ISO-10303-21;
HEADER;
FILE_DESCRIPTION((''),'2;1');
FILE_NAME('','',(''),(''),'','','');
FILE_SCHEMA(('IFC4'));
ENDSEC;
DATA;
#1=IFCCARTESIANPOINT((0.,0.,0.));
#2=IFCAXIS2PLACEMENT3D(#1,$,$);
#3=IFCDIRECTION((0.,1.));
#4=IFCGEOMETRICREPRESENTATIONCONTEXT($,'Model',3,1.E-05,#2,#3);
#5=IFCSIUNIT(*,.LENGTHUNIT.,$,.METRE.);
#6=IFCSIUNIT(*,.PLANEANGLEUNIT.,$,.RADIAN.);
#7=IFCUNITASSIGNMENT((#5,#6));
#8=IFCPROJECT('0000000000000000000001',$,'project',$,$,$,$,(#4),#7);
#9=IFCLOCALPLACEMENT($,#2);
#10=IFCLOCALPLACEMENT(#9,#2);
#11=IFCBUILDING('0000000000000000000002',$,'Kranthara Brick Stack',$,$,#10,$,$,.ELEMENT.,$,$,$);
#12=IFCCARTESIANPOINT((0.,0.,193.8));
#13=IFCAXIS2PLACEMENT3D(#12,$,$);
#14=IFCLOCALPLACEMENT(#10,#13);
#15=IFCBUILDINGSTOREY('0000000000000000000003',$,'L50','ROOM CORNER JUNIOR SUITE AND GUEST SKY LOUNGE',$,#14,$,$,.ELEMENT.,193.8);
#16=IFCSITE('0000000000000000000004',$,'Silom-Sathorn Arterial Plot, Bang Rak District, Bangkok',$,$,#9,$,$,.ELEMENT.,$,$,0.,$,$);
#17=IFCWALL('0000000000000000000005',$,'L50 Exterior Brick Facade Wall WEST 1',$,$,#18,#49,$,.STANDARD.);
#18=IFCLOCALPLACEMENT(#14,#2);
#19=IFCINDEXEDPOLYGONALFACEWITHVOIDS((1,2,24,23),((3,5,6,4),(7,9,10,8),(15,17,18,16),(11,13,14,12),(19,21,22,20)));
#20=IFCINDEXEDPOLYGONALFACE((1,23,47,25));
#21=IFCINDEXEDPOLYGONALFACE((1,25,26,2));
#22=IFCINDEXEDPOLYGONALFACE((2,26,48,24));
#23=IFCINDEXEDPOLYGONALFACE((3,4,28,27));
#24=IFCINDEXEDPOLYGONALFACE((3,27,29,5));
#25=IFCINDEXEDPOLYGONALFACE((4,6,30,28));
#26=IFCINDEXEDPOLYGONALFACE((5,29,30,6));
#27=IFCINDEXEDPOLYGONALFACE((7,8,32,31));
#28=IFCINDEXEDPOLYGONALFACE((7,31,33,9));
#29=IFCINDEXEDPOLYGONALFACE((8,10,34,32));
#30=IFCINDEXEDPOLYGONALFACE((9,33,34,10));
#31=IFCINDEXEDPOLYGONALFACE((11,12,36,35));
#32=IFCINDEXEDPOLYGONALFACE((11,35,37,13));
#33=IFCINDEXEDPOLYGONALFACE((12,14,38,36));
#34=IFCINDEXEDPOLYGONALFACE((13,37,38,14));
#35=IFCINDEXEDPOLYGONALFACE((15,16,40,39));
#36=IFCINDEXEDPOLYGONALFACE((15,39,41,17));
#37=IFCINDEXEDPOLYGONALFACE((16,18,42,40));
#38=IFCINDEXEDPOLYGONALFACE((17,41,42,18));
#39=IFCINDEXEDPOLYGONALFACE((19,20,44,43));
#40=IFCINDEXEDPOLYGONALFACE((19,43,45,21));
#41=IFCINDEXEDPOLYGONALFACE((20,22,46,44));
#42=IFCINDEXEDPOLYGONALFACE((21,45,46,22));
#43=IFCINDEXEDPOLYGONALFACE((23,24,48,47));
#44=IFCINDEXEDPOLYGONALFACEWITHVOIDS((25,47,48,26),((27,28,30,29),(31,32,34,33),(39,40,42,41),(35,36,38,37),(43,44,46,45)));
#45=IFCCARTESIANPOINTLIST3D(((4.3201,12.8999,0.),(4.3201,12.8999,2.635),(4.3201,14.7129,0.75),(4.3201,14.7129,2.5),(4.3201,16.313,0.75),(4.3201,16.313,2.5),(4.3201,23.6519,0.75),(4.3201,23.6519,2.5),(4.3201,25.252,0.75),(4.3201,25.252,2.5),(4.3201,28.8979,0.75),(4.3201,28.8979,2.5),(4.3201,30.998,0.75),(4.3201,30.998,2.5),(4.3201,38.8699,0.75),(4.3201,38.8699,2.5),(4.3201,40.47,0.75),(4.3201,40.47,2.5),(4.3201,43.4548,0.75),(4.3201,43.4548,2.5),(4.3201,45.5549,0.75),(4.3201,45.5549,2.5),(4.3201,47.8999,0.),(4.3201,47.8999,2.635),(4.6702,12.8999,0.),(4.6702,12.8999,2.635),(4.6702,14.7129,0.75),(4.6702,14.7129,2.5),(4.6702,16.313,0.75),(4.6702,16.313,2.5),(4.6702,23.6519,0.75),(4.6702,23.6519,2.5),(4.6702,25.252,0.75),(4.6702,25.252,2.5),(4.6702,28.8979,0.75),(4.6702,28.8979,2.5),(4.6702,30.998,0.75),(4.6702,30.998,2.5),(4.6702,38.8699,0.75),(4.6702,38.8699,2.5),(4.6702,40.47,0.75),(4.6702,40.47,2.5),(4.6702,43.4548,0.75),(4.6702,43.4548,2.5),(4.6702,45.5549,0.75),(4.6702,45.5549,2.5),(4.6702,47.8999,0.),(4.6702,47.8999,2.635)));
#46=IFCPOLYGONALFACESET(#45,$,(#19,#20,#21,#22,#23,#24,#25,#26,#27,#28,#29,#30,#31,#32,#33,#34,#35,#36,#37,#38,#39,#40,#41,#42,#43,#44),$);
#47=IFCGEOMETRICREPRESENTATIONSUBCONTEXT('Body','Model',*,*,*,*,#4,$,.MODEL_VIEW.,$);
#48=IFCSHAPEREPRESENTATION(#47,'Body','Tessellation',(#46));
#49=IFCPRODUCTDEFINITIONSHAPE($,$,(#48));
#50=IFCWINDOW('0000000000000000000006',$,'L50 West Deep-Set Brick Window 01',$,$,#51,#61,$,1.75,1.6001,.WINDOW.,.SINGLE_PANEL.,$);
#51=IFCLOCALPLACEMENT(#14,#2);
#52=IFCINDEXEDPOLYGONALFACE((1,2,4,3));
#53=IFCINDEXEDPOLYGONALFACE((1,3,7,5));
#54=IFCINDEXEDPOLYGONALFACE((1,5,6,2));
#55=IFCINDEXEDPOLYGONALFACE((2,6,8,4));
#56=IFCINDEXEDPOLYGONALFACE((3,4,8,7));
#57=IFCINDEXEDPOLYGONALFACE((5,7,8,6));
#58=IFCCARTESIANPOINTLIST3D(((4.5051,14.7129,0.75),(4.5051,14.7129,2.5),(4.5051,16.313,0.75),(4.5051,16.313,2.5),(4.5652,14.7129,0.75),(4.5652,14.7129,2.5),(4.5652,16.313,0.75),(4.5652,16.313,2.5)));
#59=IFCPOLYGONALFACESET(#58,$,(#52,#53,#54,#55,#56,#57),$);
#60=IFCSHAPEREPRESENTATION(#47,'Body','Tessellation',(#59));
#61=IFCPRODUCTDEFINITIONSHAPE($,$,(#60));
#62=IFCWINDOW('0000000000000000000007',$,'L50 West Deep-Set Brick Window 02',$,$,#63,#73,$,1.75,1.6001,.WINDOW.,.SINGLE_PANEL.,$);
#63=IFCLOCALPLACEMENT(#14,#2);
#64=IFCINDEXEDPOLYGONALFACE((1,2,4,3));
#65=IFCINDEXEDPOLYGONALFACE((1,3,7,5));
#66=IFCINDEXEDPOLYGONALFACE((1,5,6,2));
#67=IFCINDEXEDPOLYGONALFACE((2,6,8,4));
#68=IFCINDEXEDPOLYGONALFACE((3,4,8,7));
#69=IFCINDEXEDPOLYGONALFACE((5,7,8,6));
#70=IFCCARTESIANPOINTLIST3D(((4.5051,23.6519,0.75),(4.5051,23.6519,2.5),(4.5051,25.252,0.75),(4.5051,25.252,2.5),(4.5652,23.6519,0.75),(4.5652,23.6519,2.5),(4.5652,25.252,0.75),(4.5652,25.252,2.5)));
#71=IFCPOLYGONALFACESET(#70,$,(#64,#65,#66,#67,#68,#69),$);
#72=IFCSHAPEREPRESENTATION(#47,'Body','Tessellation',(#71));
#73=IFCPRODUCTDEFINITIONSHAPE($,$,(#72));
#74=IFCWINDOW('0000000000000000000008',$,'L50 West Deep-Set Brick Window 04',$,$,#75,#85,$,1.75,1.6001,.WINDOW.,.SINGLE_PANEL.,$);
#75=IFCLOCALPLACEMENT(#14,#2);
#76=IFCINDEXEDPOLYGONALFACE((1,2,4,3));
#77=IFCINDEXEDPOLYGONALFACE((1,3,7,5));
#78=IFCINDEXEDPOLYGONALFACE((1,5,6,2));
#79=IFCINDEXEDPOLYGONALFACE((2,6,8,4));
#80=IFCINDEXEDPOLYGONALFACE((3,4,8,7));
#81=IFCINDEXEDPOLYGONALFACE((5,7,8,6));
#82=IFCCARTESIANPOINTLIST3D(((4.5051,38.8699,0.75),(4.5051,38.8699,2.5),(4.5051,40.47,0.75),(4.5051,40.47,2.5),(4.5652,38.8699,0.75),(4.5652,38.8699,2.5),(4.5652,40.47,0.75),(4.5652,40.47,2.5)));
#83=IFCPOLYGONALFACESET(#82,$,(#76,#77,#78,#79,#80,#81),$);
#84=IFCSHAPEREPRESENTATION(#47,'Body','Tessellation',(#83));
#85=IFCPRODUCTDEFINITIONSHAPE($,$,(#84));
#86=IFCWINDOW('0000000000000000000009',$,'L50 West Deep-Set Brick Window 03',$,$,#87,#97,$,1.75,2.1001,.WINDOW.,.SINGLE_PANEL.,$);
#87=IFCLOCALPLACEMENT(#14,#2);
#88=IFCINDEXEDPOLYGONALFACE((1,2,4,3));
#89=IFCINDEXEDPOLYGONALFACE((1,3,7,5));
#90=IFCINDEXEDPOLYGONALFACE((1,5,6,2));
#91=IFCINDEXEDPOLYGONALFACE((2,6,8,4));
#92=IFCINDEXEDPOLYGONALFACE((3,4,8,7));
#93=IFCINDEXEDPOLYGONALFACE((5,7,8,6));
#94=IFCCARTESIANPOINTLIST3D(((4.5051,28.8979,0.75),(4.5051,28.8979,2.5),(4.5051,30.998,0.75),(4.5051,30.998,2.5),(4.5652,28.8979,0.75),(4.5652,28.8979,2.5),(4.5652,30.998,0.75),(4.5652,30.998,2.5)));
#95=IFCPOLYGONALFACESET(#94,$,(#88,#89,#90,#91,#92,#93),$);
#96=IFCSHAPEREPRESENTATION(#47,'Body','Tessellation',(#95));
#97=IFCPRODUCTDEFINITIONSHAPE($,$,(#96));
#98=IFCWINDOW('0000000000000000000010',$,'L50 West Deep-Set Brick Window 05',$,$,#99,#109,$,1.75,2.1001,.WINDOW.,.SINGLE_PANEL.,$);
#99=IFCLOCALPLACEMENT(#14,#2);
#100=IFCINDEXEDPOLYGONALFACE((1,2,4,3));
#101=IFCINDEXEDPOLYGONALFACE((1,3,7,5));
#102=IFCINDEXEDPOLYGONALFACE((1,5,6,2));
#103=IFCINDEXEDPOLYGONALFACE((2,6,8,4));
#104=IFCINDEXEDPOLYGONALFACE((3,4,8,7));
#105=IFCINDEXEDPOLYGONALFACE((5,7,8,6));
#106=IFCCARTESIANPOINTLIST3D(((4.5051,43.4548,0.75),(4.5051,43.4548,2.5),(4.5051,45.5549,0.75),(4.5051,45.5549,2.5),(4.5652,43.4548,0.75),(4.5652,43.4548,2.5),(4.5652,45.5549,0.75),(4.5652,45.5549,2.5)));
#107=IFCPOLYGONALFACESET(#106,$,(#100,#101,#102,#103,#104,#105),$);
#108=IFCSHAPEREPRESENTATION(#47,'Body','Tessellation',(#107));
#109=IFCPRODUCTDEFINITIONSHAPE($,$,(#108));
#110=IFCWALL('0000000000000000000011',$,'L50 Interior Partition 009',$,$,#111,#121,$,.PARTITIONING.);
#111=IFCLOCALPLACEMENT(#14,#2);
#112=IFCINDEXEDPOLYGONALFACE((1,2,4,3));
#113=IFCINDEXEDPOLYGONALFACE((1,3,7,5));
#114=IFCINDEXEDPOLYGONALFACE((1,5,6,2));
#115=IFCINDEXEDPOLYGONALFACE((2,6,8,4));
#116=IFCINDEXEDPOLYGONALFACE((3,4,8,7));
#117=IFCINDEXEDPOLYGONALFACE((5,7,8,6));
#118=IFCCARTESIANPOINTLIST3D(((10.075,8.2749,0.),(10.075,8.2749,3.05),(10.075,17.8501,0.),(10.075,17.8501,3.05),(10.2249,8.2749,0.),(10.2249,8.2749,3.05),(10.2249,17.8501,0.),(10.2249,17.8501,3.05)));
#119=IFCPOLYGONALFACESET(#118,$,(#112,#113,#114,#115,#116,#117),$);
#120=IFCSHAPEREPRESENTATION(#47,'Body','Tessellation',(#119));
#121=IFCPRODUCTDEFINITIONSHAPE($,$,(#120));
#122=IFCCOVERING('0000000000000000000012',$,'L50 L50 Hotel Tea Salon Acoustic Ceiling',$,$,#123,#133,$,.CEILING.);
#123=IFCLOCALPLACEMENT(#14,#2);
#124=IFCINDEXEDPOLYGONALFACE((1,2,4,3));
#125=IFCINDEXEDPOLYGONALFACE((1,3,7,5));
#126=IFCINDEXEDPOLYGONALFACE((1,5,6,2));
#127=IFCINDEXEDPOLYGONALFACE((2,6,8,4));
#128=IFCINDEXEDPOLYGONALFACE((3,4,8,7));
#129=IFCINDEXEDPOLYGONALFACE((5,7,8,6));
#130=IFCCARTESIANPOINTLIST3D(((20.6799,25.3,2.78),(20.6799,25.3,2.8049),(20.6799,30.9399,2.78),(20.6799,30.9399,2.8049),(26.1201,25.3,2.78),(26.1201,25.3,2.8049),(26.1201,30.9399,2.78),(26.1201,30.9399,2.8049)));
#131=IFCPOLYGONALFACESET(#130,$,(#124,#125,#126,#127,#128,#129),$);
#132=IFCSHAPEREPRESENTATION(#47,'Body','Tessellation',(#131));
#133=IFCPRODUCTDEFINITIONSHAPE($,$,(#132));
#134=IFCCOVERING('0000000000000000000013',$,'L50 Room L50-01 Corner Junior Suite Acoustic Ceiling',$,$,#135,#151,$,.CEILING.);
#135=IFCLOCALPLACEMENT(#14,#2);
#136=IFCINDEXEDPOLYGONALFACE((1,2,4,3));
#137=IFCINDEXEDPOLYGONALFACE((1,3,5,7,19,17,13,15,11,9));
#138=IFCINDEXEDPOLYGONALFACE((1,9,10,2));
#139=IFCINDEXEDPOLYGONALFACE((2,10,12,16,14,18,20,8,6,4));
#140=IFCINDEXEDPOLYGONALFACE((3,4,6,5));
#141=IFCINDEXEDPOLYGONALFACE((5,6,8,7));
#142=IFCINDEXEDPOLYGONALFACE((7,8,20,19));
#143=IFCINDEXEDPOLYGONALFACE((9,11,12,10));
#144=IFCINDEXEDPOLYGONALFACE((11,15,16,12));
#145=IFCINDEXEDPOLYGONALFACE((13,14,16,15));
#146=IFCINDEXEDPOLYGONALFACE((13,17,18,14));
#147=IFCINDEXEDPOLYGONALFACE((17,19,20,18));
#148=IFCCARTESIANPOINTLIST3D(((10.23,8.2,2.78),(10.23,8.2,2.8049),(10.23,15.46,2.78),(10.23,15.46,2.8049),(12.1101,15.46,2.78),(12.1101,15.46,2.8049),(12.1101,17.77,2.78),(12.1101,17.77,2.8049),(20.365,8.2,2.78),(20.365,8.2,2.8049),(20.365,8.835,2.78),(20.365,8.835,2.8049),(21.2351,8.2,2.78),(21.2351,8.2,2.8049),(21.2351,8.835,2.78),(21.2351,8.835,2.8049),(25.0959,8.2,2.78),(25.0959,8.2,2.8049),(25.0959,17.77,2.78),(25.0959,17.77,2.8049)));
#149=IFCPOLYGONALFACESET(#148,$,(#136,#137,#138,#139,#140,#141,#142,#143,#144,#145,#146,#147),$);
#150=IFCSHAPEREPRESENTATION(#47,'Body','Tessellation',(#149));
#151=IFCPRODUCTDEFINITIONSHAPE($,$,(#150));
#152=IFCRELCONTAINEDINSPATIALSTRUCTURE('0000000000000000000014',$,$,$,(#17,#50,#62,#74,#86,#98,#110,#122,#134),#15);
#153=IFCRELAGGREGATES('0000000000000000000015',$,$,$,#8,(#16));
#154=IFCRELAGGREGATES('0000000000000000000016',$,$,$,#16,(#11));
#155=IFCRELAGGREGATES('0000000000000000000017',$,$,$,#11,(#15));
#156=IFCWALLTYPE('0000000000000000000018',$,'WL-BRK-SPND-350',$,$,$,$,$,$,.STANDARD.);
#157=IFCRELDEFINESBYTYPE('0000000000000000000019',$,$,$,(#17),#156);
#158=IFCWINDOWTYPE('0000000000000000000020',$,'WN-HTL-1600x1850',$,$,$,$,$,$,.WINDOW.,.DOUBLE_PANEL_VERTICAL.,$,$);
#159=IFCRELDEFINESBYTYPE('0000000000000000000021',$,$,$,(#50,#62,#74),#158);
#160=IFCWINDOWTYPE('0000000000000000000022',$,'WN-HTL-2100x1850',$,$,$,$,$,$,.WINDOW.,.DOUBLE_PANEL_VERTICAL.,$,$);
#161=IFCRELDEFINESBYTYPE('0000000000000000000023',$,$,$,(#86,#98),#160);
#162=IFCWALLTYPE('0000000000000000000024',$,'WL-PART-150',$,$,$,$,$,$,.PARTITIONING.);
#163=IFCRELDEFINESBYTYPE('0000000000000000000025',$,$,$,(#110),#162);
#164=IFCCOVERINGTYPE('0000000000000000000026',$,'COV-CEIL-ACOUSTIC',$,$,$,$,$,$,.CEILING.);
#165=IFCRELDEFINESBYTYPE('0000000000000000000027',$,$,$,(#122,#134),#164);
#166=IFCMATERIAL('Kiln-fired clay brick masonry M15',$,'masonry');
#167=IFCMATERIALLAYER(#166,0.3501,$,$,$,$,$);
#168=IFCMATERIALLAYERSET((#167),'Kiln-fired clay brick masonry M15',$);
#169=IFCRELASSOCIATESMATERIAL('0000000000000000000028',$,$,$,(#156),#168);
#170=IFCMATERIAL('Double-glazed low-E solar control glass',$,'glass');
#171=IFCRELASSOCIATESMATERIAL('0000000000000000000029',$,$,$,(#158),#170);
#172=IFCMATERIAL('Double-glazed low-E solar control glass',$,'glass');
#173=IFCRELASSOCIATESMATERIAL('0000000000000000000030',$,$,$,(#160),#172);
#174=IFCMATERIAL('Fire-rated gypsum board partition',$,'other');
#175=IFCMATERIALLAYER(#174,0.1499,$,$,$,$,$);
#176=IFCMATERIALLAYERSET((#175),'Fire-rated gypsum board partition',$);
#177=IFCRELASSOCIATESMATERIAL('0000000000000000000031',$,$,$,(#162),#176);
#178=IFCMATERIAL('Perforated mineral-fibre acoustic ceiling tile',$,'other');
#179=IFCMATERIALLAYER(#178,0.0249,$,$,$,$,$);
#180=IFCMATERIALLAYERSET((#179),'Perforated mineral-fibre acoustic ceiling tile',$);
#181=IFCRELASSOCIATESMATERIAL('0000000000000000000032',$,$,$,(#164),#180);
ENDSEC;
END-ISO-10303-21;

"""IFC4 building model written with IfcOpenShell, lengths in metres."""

from ifc_helpers import new_model, si_unit, direction, frame, frame_2d, origin, place, context, subcontext, project, spatial, polyline, rectangle, outline, extrude, material, layer, layer_set, type_object, element, fill, save


model = new_model("IFC4")

# Units and contexts
model_context = context("Model", 3, precision=1e-05, world=origin(), true_north=direction((0.0, 1.0)))
body_context = subcontext(model_context, "Body", "Model", "MODEL_VIEW")
ifc_project = project(units=[si_unit("LENGTHUNIT", "METRE"), si_unit("PLANEANGLEUNIT", "RADIAN")], contexts=[model_context])

# Site, building, storey
site_placement = place(None, origin())
site = spatial("IfcSite", under=ifc_project, at=site_placement, Name="Silom-Sathorn Arterial Plot, Bang Rak District, Bangkok", CompositionType="ELEMENT", RefElevation=0.0)
building_placement = place(site_placement, origin())
building = spatial("IfcBuilding", under=site, at=building_placement, Name="Kranthara Brick Stack", CompositionType="ELEMENT")
storey_placement = place(building_placement, frame((0.0, 0.0, 193.8)))
storey = spatial("IfcBuildingStorey", under=building, at=storey_placement, Name="L50", Description="ROOM CORNER JUNIOR SUITE AND GUEST SKY LOUNGE", CompositionType="ELEMENT", Elevation=193.8)

# Shared definitions
ifc_material_1 = material(Name="Kiln-fired clay brick masonry M15", Category="masonry")
ifc_layer_1 = layer(ifc_material_1, 0.3501)
ifc_layer_set_1 = layer_set([ifc_layer_1], Name="Kiln-fired clay brick masonry M15")
wall_type_1 = type_object("IfcWallType", Name="WL-BRK-SPND-350", PredefinedType="STANDARD", material=ifc_layer_set_1)

# Wall, openings, windows
wall_1_placement = place(storey_placement, frame((4.4951, 12.8999, 0.0), z_axis=(0.0, 0.0, 1.0), x_axis=(0.0, 1.0, 0.0)))
wall_1 = element("IfcWall", 1, at=wall_1_placement, inside=storey, type_object=wall_type_1, Name="L50 Exterior Brick Facade Wall WEST 1", PredefinedType="STANDARD", context=body_context, shape_type="SweptSolid", body=[
    extrude(rectangle(XDim=35.0, YDim=0.3501, at=frame_2d((17.5, 0.0))), origin(), (0.0, 0.0, 1.0), 2.635),
])
opening_1_placement = place(wall_1_placement, frame((1.813, 0.0, 0.75)))
opening_1 = element("IfcOpeningElement", 2, at=opening_1_placement, cuts=wall_1, PredefinedType="OPENING", context=body_context, shape_type="SweptSolid", body=[
    extrude(rectangle(XDim=1.6001, YDim=1.75, at=frame_2d((0.8, 0.875))), frame((0.0, 0.1851, 0.0), z_axis=(0.0, -1.0, 0.0), x_axis=(1.0, 0.0, 0.0)), (0.0, 0.0, 1.0), 0.3701),
])
opening_2_placement = place(wall_1_placement, frame((10.752, 0.0, 0.75)))
opening_2 = element("IfcOpeningElement", 3, at=opening_2_placement, cuts=wall_1, PredefinedType="OPENING", context=body_context, shape_type="SweptSolid", body=[
    extrude(rectangle(XDim=1.6001, YDim=1.75, at=frame_2d((0.8, 0.875))), frame((0.0, 0.1851, 0.0), z_axis=(0.0, -1.0, 0.0), x_axis=(1.0, 0.0, 0.0)), (0.0, 0.0, 1.0), 0.3701),
])
opening_3_placement = place(wall_1_placement, frame((15.998, 0.0, 0.75)))
opening_3 = element("IfcOpeningElement", 4, at=opening_3_placement, cuts=wall_1, PredefinedType="OPENING", context=body_context, shape_type="SweptSolid", body=[
    extrude(rectangle(XDim=2.1001, YDim=1.75, at=frame_2d((1.05, 0.875))), frame((0.0, 0.1851, 0.0), z_axis=(0.0, -1.0, 0.0), x_axis=(1.0, 0.0, 0.0)), (0.0, 0.0, 1.0), 0.3701),
])
opening_4_placement = place(wall_1_placement, frame((25.97, 0.0, 0.75)))
opening_4 = element("IfcOpeningElement", 5, at=opening_4_placement, cuts=wall_1, PredefinedType="OPENING", context=body_context, shape_type="SweptSolid", body=[
    extrude(rectangle(XDim=1.6001, YDim=1.75, at=frame_2d((0.8, 0.875))), frame((0.0, 0.1851, 0.0), z_axis=(0.0, -1.0, 0.0), x_axis=(1.0, 0.0, 0.0)), (0.0, 0.0, 1.0), 0.3701),
])
opening_5_placement = place(wall_1_placement, frame((30.5549, 0.0, 0.75)))
opening_5 = element("IfcOpeningElement", 6, at=opening_5_placement, cuts=wall_1, PredefinedType="OPENING", context=body_context, shape_type="SweptSolid", body=[
    extrude(rectangle(XDim=2.1001, YDim=1.75, at=frame_2d((1.05, 0.875))), frame((0.0, 0.1851, 0.0), z_axis=(0.0, -1.0, 0.0), x_axis=(1.0, 0.0, 0.0)), (0.0, 0.0, 1.0), 0.3701),
])
ifc_material_2 = material(Name="Double-glazed low-E solar control glass", Category="glass")
window_type_1 = type_object("IfcWindowType", Name="WN-HTL-1600x1850", PartitioningType="DOUBLE_PANEL_VERTICAL", PredefinedType="WINDOW", material=ifc_material_2)
window_1_placement = place(opening_1_placement, origin())
window_1 = element("IfcWindow", 7, at=window_1_placement, inside=storey, type_object=window_type_1, Name="L50 West Deep-Set Brick Window 01", OverallHeight=1.75, OverallWidth=1.6001, PartitioningType="SINGLE_PANEL", PredefinedType="WINDOW", context=body_context, shape_type="SweptSolid", body=[
    extrude(rectangle(XDim=1.6001, YDim=1.75, at=frame_2d((0.8, 0.875))), frame((0.0, -0.01, 0.0), z_axis=(0.0, -1.0, 0.0), x_axis=(1.0, 0.0, 0.0)), (0.0, 0.0, 1.0), 0.0601),
])
fill(opening_1, window_1)
window_2_placement = place(opening_2_placement, origin())
window_2 = element("IfcWindow", 8, at=window_2_placement, inside=storey, type_object=window_type_1, Name="L50 West Deep-Set Brick Window 02", OverallHeight=1.75, OverallWidth=1.6001, PartitioningType="SINGLE_PANEL", PredefinedType="WINDOW", context=body_context, shape_type="SweptSolid", body=[
    extrude(rectangle(XDim=1.6001, YDim=1.75, at=frame_2d((0.8, 0.875))), frame((0.0, -0.01, 0.0), z_axis=(0.0, -1.0, 0.0), x_axis=(1.0, 0.0, 0.0)), (0.0, 0.0, 1.0), 0.0601),
])
fill(opening_2, window_2)
window_3_placement = place(opening_4_placement, origin())
window_3 = element("IfcWindow", 9, at=window_3_placement, inside=storey, type_object=window_type_1, Name="L50 West Deep-Set Brick Window 04", OverallHeight=1.75, OverallWidth=1.6001, PartitioningType="SINGLE_PANEL", PredefinedType="WINDOW", context=body_context, shape_type="SweptSolid", body=[
    extrude(rectangle(XDim=1.6001, YDim=1.75, at=frame_2d((0.8, 0.875))), frame((0.0, -0.01, 0.0), z_axis=(0.0, -1.0, 0.0), x_axis=(1.0, 0.0, 0.0)), (0.0, 0.0, 1.0), 0.0601),
])
fill(opening_4, window_3)
ifc_material_3 = material(Name="Double-glazed low-E solar control glass", Category="glass")
window_type_2 = type_object("IfcWindowType", Name="WN-HTL-2100x1850", PartitioningType="DOUBLE_PANEL_VERTICAL", PredefinedType="WINDOW", material=ifc_material_3)
window_4_placement = place(opening_3_placement, origin())
window_4 = element("IfcWindow", 10, at=window_4_placement, inside=storey, type_object=window_type_2, Name="L50 West Deep-Set Brick Window 03", OverallHeight=1.75, OverallWidth=2.1001, PartitioningType="SINGLE_PANEL", PredefinedType="WINDOW", context=body_context, shape_type="SweptSolid", body=[
    extrude(rectangle(XDim=2.1001, YDim=1.75, at=frame_2d((1.05, 0.875))), frame((0.0, -0.01, 0.0), z_axis=(0.0, -1.0, 0.0), x_axis=(1.0, 0.0, 0.0)), (0.0, 0.0, 1.0), 0.0601),
])
fill(opening_3, window_4)
window_5_placement = place(opening_5_placement, origin())
window_5 = element("IfcWindow", 11, at=window_5_placement, inside=storey, type_object=window_type_2, Name="L50 West Deep-Set Brick Window 05", OverallHeight=1.75, OverallWidth=2.1001, PartitioningType="SINGLE_PANEL", PredefinedType="WINDOW", context=body_context, shape_type="SweptSolid", body=[
    extrude(rectangle(XDim=2.1001, YDim=1.75, at=frame_2d((1.05, 0.875))), frame((0.0, -0.01, 0.0), z_axis=(0.0, -1.0, 0.0), x_axis=(1.0, 0.0, 0.0)), (0.0, 0.0, 1.0), 0.0601),
])
fill(opening_5, window_5)

# Wall
ifc_material_4 = material(Name="Fire-rated gypsum board partition", Category="other")
ifc_layer_2 = layer(ifc_material_4, 0.1499)
ifc_layer_set_2 = layer_set([ifc_layer_2], Name="Fire-rated gypsum board partition")
wall_type_2 = type_object("IfcWallType", Name="WL-PART-150", PredefinedType="PARTITIONING", material=ifc_layer_set_2)
wall_2_placement = place(storey_placement, frame((10.1499, 8.2749, 0.0), z_axis=(0.0, 0.0, 1.0), x_axis=(0.0, 1.0, 0.0)))
element("IfcWall", 12, at=wall_2_placement, inside=storey, type_object=wall_type_2, Name="L50 Interior Partition 009", PredefinedType="PARTITIONING", context=body_context, shape_type="SweptSolid", body=[
    extrude(rectangle(XDim=9.5752, YDim=0.1499, at=frame_2d((4.7876, 0.0))), origin(), (0.0, 0.0, 1.0), 3.05),
])

# Coverings
ifc_material_5 = material(Name="Perforated mineral-fibre acoustic ceiling tile", Category="other")
ifc_layer_3 = layer(ifc_material_5, 0.0249)
ifc_layer_set_3 = layer_set([ifc_layer_3], Name="Perforated mineral-fibre acoustic ceiling tile")
covering_type_1 = type_object("IfcCoveringType", Name="COV-CEIL-ACOUSTIC", PredefinedType="CEILING", material=ifc_layer_set_3)
covering_1_placement = place(storey_placement, frame((0.0, 0.0, 2.78)))
element("IfcCovering", 13, at=covering_1_placement, inside=storey, type_object=covering_type_1, Name="L50 L50 Hotel Tea Salon Acoustic Ceiling", PredefinedType="CEILING", context=body_context, shape_type="SweptSolid", body=[
    extrude(outline(polyline([(26.1201, 25.3), (26.1201, 30.9399), (20.6799, 30.9399), (20.6799, 25.3), (26.1201, 25.3)])), origin(), (0.0, 0.0, 1.0), 0.0249),
])
covering_2_placement = place(storey_placement, frame((0.0, 0.0, 2.78)))
element("IfcCovering", 14, at=covering_2_placement, inside=storey, type_object=covering_type_1, Name="L50 Room L50-01 Corner Junior Suite Acoustic Ceiling", PredefinedType="CEILING", context=body_context, shape_type="SweptSolid", body=[
    extrude(outline(polyline([(10.23, 8.2), (10.23, 15.46), (12.1101, 15.46), (12.1101, 17.77), (25.0959, 17.77), (25.0959, 8.2), (21.2351, 8.2), (21.2351, 8.835), (20.365, 8.835), (20.365, 8.2), (10.23, 8.2)])), origin(), (0.0, 0.0, 1.0), 0.0249),
])

save(model, "model.ifc")
